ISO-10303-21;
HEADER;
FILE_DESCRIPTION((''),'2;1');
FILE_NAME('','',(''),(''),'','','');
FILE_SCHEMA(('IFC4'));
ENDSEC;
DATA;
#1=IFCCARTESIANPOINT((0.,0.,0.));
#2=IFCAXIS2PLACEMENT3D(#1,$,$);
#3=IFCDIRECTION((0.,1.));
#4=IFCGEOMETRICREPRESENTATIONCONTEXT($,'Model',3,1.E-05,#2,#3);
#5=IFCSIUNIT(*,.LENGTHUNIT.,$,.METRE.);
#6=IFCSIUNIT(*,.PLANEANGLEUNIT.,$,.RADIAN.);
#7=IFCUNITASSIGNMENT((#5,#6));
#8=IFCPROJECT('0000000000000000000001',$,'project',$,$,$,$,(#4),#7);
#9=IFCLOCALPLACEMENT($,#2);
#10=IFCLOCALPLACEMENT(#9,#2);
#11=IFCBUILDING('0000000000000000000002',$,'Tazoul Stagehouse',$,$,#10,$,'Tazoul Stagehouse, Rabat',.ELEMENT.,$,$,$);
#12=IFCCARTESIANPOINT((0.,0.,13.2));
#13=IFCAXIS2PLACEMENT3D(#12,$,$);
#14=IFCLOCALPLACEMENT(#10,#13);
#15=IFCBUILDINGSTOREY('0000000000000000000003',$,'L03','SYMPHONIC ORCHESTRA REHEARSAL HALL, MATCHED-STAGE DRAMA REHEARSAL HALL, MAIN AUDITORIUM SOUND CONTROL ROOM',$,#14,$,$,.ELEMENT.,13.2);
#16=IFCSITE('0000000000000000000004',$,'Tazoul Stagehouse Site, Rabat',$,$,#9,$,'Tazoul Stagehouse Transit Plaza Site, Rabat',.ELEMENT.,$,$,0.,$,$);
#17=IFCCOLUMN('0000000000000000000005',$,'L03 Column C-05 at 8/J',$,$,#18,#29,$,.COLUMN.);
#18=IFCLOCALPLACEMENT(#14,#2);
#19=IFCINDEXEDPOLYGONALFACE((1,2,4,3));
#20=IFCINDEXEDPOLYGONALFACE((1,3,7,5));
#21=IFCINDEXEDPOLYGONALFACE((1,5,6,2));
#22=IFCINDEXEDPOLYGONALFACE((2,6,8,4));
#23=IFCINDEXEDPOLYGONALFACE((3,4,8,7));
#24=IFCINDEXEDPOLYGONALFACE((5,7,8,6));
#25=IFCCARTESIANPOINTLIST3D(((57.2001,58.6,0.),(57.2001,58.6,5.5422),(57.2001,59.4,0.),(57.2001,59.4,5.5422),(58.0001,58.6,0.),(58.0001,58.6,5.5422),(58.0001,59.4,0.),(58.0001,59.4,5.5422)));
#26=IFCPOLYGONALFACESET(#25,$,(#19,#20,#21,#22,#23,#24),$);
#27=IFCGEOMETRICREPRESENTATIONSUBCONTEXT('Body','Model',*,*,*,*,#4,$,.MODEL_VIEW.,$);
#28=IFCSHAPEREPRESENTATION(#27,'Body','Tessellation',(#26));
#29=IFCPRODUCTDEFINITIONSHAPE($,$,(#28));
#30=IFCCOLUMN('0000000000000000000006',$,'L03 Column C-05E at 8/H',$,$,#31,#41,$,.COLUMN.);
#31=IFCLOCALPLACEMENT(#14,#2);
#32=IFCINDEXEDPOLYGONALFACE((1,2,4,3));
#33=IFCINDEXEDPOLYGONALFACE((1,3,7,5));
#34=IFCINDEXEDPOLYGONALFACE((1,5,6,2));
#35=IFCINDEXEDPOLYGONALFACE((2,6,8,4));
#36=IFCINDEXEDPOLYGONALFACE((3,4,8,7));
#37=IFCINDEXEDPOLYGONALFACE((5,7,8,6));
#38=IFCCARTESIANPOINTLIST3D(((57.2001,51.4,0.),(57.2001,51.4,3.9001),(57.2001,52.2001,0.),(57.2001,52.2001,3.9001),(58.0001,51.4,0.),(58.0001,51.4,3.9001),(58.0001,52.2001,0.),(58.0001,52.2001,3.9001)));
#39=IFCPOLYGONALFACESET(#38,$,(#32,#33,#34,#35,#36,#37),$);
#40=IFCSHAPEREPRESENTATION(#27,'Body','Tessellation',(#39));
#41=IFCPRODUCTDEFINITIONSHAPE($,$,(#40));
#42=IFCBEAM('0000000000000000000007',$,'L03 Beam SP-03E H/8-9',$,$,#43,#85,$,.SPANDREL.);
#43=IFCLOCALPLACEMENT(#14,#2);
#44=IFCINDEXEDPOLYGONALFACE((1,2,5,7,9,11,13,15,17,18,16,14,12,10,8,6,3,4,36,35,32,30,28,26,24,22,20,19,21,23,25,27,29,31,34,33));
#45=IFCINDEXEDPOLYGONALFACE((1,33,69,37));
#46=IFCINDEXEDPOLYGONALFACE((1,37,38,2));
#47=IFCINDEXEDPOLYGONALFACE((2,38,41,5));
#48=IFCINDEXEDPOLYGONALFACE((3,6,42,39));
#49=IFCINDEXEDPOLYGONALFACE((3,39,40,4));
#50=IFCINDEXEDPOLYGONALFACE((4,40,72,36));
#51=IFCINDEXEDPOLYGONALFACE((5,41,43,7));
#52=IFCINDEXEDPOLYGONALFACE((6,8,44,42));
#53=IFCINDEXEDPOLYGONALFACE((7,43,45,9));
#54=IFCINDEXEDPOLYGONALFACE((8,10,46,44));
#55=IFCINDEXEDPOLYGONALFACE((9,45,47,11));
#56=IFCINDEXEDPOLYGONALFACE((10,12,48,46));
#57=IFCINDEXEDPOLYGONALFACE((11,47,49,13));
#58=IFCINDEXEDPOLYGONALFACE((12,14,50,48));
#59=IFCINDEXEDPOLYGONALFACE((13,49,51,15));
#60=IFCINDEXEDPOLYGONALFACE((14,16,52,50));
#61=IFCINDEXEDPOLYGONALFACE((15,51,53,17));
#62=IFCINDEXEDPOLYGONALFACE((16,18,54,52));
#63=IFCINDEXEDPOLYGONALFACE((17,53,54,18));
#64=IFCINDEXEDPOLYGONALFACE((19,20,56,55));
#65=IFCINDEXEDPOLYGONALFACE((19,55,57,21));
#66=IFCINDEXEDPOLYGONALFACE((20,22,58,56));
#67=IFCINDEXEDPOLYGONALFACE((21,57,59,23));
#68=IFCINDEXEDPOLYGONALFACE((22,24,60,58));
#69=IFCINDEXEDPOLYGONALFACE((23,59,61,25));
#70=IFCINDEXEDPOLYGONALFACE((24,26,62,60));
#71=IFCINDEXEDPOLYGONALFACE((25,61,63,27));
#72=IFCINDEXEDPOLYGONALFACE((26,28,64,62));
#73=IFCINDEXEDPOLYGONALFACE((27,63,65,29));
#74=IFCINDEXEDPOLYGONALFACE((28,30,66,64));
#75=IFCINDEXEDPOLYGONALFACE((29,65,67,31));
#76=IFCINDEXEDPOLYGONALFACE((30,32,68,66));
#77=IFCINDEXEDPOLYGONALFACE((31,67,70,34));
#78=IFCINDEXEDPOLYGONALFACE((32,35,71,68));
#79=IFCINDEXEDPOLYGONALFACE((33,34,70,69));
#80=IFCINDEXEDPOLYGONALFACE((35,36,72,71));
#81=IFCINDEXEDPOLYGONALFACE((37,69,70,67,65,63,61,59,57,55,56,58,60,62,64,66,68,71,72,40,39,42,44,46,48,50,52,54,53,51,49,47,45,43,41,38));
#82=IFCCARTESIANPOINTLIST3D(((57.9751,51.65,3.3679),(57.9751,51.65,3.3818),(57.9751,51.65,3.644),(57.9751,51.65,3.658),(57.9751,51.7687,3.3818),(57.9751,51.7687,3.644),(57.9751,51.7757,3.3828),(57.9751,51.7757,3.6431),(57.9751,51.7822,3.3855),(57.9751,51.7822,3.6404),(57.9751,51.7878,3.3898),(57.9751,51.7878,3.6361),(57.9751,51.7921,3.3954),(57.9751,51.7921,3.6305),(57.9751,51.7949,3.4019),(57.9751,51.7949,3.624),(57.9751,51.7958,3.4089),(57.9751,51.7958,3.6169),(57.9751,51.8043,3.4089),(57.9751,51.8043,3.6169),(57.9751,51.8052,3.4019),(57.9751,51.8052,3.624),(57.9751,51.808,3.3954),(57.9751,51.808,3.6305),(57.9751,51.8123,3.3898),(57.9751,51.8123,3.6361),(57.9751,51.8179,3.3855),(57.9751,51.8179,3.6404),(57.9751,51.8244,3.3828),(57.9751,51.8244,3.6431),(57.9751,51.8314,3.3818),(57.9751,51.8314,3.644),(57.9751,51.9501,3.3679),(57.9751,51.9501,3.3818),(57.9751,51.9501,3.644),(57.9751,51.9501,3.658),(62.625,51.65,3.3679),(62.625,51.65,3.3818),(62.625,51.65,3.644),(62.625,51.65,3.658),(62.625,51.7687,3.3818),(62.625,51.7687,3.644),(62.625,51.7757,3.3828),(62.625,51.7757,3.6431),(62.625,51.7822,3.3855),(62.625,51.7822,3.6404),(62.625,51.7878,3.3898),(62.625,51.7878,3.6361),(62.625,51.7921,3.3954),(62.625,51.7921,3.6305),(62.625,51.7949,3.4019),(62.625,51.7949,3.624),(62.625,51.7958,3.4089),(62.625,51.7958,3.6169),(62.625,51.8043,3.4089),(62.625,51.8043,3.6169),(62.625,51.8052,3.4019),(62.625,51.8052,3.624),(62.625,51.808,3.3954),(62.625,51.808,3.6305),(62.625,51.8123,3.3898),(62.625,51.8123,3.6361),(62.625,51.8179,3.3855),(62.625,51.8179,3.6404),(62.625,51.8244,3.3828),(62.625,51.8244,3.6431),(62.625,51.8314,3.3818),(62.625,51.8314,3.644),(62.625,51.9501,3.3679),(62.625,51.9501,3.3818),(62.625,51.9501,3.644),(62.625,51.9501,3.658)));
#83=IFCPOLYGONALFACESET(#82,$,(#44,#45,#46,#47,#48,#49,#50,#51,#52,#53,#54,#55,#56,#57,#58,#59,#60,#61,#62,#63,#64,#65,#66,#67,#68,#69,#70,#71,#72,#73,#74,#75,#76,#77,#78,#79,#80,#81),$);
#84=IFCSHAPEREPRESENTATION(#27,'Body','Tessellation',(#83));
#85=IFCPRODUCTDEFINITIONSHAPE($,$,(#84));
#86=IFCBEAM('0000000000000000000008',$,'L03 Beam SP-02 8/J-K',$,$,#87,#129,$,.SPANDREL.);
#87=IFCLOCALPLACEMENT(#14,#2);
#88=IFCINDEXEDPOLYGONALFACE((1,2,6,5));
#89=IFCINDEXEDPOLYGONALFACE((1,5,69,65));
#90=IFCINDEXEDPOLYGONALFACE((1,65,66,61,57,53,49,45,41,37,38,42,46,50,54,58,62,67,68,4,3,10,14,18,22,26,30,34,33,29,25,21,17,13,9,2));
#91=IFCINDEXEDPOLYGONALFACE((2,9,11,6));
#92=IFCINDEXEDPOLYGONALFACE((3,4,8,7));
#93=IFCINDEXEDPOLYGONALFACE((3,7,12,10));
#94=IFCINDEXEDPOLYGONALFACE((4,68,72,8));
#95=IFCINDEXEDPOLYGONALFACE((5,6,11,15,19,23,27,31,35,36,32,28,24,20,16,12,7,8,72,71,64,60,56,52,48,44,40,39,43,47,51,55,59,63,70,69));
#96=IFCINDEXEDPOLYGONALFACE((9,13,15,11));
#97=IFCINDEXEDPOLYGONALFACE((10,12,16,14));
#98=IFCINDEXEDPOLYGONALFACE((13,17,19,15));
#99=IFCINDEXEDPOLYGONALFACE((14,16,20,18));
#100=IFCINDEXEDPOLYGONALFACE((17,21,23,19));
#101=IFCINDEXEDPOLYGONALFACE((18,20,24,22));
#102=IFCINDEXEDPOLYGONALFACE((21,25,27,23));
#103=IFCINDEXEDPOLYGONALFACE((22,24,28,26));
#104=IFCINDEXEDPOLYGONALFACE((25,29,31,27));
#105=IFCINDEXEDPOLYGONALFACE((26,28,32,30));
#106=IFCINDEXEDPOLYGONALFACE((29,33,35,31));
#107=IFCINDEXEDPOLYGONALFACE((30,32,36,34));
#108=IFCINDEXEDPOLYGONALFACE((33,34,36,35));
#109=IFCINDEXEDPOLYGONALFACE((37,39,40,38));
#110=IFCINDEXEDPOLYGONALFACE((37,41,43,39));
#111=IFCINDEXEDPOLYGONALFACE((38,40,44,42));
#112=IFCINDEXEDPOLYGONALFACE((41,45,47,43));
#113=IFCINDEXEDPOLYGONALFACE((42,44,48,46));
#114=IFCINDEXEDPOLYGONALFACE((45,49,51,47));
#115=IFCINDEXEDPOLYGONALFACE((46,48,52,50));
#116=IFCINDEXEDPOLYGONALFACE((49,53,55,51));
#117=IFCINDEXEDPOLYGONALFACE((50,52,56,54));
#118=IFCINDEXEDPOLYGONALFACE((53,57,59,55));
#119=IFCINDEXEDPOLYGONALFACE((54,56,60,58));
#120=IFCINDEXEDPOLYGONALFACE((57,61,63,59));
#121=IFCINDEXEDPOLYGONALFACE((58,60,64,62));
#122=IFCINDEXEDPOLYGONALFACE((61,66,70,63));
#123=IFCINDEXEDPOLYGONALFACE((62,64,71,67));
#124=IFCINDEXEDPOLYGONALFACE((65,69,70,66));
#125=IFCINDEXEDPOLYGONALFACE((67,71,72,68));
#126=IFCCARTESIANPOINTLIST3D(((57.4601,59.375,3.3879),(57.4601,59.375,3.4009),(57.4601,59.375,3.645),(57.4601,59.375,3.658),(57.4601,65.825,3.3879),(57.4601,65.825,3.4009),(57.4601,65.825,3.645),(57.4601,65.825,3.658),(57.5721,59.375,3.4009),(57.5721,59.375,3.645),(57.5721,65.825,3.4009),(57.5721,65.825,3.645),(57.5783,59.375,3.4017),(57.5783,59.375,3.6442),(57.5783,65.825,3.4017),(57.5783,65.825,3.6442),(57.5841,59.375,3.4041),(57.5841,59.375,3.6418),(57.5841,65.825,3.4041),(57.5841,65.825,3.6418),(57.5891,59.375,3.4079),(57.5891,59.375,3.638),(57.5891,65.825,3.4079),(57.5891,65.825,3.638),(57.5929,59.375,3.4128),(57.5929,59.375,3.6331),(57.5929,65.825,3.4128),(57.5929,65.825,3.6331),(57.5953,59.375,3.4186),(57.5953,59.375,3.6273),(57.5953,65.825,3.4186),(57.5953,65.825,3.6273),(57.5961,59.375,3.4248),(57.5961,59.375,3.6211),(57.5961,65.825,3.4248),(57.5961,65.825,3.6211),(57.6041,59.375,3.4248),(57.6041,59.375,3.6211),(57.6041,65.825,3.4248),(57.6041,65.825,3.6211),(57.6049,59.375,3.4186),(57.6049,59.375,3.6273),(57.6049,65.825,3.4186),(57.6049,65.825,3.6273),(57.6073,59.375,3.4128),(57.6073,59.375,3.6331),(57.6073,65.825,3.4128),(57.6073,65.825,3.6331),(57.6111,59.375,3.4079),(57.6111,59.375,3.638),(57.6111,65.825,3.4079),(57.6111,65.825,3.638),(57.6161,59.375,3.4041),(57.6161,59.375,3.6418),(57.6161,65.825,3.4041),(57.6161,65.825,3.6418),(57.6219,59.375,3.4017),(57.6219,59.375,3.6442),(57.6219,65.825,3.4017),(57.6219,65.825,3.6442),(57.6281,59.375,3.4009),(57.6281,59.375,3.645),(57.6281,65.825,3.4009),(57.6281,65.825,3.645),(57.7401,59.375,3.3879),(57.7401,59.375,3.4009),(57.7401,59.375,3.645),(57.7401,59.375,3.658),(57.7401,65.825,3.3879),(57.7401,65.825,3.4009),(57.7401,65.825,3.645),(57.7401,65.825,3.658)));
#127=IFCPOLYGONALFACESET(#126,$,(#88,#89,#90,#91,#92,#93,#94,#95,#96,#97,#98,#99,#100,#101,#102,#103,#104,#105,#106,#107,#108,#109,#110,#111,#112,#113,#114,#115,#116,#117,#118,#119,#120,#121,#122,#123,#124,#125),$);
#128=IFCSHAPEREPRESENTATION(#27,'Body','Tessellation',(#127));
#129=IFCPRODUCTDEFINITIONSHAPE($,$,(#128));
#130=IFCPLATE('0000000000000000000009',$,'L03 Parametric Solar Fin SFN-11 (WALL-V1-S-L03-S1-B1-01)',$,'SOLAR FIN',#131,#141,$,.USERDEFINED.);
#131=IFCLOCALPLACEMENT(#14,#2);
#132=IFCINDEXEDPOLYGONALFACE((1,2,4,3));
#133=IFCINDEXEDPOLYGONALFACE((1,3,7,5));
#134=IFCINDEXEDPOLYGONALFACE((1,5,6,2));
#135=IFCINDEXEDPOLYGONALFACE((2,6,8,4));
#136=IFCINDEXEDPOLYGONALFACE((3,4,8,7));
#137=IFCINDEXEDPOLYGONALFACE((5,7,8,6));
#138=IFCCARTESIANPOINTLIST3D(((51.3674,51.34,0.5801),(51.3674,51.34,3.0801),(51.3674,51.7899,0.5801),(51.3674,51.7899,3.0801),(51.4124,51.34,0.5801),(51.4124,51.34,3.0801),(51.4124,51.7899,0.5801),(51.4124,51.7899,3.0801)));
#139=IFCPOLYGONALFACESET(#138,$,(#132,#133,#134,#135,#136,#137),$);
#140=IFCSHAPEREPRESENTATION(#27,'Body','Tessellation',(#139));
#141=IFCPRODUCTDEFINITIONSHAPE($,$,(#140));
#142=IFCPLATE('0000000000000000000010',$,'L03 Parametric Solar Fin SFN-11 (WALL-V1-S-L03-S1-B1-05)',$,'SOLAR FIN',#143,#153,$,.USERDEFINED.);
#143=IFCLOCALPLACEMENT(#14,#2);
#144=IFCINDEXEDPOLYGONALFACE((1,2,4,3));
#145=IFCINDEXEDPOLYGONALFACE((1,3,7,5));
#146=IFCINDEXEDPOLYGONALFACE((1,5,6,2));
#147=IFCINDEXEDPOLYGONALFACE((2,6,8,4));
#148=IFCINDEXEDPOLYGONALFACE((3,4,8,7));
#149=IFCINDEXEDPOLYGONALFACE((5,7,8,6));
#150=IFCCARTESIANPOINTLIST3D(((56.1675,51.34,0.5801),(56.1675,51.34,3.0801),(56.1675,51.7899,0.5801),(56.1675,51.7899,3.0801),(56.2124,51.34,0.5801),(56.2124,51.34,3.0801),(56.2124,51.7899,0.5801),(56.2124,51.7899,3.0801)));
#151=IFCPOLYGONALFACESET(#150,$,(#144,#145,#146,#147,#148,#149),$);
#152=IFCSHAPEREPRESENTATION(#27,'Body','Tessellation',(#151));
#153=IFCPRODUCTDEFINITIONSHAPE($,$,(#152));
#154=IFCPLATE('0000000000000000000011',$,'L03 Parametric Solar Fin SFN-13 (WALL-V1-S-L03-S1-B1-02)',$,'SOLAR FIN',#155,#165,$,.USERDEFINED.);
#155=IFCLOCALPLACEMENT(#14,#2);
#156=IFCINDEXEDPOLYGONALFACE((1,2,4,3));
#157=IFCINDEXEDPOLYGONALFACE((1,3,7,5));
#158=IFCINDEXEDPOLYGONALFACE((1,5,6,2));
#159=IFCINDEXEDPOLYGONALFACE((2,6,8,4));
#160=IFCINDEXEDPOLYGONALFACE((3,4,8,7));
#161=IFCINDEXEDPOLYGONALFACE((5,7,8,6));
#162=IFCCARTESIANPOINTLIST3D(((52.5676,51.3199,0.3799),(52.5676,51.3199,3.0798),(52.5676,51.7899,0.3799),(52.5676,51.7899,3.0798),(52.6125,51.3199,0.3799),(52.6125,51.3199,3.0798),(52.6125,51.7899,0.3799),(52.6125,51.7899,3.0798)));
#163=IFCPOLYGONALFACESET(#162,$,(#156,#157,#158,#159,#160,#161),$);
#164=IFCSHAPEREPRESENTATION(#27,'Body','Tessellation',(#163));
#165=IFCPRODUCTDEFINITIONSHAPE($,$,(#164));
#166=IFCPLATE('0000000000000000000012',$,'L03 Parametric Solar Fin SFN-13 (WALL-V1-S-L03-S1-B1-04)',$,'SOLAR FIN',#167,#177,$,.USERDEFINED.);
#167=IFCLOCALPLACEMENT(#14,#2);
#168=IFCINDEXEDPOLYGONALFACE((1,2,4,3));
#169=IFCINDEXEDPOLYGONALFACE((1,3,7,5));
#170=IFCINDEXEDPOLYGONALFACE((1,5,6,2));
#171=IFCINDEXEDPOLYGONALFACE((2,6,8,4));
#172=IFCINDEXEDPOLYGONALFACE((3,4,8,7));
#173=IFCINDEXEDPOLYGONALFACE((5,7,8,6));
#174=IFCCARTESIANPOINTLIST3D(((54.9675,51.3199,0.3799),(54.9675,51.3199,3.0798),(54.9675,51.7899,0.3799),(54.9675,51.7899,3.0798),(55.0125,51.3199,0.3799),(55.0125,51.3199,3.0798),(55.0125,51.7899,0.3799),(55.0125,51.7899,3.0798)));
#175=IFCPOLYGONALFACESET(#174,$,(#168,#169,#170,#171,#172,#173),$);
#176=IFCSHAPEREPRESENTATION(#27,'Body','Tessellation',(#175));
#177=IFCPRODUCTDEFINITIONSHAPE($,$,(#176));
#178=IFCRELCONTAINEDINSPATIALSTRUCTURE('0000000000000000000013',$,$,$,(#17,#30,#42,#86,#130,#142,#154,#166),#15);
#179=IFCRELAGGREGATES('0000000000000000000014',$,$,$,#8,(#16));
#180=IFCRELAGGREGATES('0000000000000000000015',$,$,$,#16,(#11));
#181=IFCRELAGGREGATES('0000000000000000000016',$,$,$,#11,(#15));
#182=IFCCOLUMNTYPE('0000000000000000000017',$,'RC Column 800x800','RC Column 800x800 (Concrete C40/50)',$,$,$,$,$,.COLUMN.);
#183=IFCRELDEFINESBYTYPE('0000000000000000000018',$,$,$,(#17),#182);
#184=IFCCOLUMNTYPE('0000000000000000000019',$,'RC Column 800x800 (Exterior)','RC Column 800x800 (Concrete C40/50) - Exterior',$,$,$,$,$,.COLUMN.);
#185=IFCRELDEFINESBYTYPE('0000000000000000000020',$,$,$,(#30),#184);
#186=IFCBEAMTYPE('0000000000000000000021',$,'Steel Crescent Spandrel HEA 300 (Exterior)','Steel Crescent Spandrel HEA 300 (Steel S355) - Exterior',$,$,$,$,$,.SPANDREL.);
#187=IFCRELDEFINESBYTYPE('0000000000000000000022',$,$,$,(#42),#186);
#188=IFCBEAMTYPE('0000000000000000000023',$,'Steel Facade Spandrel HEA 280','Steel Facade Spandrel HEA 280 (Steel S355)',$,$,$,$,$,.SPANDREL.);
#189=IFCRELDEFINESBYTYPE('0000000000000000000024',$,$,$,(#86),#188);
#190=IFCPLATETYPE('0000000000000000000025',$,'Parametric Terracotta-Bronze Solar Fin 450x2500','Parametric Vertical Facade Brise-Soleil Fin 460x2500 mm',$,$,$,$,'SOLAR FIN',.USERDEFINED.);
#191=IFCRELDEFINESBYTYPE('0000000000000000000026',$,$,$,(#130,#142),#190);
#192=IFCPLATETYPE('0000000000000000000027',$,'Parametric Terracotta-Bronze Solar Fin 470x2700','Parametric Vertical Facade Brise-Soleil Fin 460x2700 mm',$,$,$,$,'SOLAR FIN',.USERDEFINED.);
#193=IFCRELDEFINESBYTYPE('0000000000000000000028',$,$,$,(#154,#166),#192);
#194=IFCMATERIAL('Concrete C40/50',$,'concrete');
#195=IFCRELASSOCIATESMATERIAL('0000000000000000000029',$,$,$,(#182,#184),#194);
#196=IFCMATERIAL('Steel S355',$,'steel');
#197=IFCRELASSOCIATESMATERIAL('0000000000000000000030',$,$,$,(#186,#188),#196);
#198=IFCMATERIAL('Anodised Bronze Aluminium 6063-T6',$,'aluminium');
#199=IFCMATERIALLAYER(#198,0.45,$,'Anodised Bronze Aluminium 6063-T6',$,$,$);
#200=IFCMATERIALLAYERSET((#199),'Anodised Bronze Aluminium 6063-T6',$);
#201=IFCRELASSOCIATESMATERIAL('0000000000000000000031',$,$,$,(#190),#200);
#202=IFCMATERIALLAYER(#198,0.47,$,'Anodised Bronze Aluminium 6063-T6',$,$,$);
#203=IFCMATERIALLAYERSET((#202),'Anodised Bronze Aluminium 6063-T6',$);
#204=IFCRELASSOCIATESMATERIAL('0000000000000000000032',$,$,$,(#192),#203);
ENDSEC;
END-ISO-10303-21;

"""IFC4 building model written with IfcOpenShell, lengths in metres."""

from ifc_helpers import new_model, si_unit, direction, frame, origin, origin_2d, place, context, subcontext, project, spatial, rectangle, i_section, extrude, material, layer, layer_set, material_profile, profile_set, type_object, element, save


model = new_model("IFC4")

# Units and contexts
model_context = context("Model", 3, precision=1e-05, world=origin(), true_north=direction((0.0, 1.0)))
body_context = subcontext(model_context, "Body", "Model", "MODEL_VIEW")
ifc_project = project(units=[si_unit("LENGTHUNIT", "METRE"), si_unit("PLANEANGLEUNIT", "RADIAN")], contexts=[model_context])

# Site, building, storey
site_placement = place(None, origin())
site = spatial("IfcSite", under=ifc_project, at=site_placement, Name="Tazoul Stagehouse Site, Rabat", LongName="Tazoul Stagehouse Transit Plaza Site, Rabat", CompositionType="ELEMENT", RefElevation=0.0)
building_placement = place(site_placement, origin())
building = spatial("IfcBuilding", under=site, at=building_placement, Name="Tazoul Stagehouse", LongName="Tazoul Stagehouse, Rabat", CompositionType="ELEMENT")
storey_placement = place(building_placement, frame((0.0, 0.0, 13.2)))
storey = spatial("IfcBuildingStorey", under=building, at=storey_placement, Name="L03", Description="SYMPHONIC ORCHESTRA REHEARSAL HALL, MATCHED-STAGE DRAMA REHEARSAL HALL, MAIN AUDITORIUM SOUND CONTROL ROOM", CompositionType="ELEMENT", Elevation=13.2)

# Columns
ifc_material_1 = material(Name="Concrete C40/50", Category="concrete")
ifc_material_profile_1 = material_profile(ifc_material_1, rectangle(XDim=0.8, YDim=0.8, at=origin_2d()), Name="RC 800x800")
ifc_profile_set_1 = profile_set([ifc_material_profile_1], Name="Concrete C40/50")
column_type_1 = type_object("IfcColumnType", Name="RC Column 800x800", Description="RC Column 800x800 (Concrete C40/50)", PredefinedType="COLUMN", material=ifc_profile_set_1)
column_1_placement = place(storey_placement, frame((57.6001, 59.0, 0.0), z_axis=(0.0, 0.0, 1.0), x_axis=(1.0, 0.0, 0.0)))
element("IfcColumn", 1, at=column_1_placement, inside=storey, type_object=column_type_1, Name="L03 Column C-05 at 8/J", PredefinedType="COLUMN", context=body_context, shape_type="SweptSolid", body=[
    extrude(rectangle(XDim=0.8, YDim=0.8, at=origin_2d()), origin(), (0.0, 0.0, 1.0), 5.5422),
])
ifc_material_profile_2 = material_profile(ifc_material_1, rectangle(XDim=0.8, YDim=0.8, at=origin_2d()), Name="RC 800x800")
ifc_profile_set_2 = profile_set([ifc_material_profile_2], Name="Concrete C40/50")
column_type_2 = type_object("IfcColumnType", Name="RC Column 800x800 (Exterior)", Description="RC Column 800x800 (Concrete C40/50) - Exterior", PredefinedType="COLUMN", material=ifc_profile_set_2)
column_2_placement = place(storey_placement, frame((57.6001, 51.8, 0.0), z_axis=(0.0, 0.0, 1.0), x_axis=(1.0, 0.0, 0.0)))
element("IfcColumn", 2, at=column_2_placement, inside=storey, type_object=column_type_2, Name="L03 Column C-05E at 8/H", PredefinedType="COLUMN", context=body_context, shape_type="SweptSolid", body=[
    extrude(rectangle(XDim=0.8, YDim=0.8, at=origin_2d()), origin(), (0.0, 0.0, 1.0), 3.9001),
])

# Beams
ifc_material_2 = material(Name="Steel S355", Category="steel")
ifc_material_profile_3 = material_profile(ifc_material_2, i_section(OverallWidth=0.3, OverallDepth=0.29, WebThickness=0.0085, FlangeThickness=0.0139, FilletRadius=0.0271, at=origin_2d()), Name="HEA 300")
ifc_profile_set_3 = profile_set([ifc_material_profile_3], Name="Steel S355")
beam_type_1 = type_object("IfcBeamType", Name="Steel Crescent Spandrel HEA 300 (Exterior)", Description="Steel Crescent Spandrel HEA 300 (Steel S355) - Exterior", PredefinedType="SPANDREL", material=ifc_profile_set_3)
beam_1_placement = place(storey_placement, frame((57.9751, 51.8, 3.5129), z_axis=(1.0, 0.0, 0.0), x_axis=(0.0, 1.0, 0.0)))
element("IfcBeam", 3, at=beam_1_placement, inside=storey, type_object=beam_type_1, Name="L03 Beam SP-03E H/8-9", PredefinedType="SPANDREL", context=body_context, shape_type="SweptSolid", body=[
    extrude(i_section(OverallWidth=0.3, OverallDepth=0.29, WebThickness=0.0085, FlangeThickness=0.0139, FilletRadius=0.0271, at=origin_2d()), origin(), (0.0, 0.0, 1.0), 4.6499),
])
ifc_material_profile_4 = material_profile(ifc_material_2, i_section(OverallWidth=0.28, OverallDepth=0.27, WebThickness=0.0081, FlangeThickness=0.0129, FilletRadius=0.0239, at=origin_2d()), Name="HEA 280")
ifc_profile_set_4 = profile_set([ifc_material_profile_4], Name="Steel S355")
beam_type_2 = type_object("IfcBeamType", Name="Steel Facade Spandrel HEA 280", Description="Steel Facade Spandrel HEA 280 (Steel S355)", PredefinedType="SPANDREL", material=ifc_profile_set_4)
beam_2_placement = place(storey_placement, frame((57.6001, 59.375, 3.5229), z_axis=(0.0, 1.0, 0.0), x_axis=(-1.0, 0.0, 0.0)))
element("IfcBeam", 4, at=beam_2_placement, inside=storey, type_object=beam_type_2, Name="L03 Beam SP-02 8/J-K", PredefinedType="SPANDREL", context=body_context, shape_type="SweptSolid", body=[
    extrude(i_section(OverallWidth=0.28, OverallDepth=0.27, WebThickness=0.0081, FlangeThickness=0.0129, FilletRadius=0.0239, at=origin_2d()), origin(), (0.0, 0.0, 1.0), 6.45),
])

# Plates
ifc_material_3 = material(Name="Anodised Bronze Aluminium 6063-T6", Category="aluminium")
ifc_layer_1 = layer(ifc_material_3, 0.45, Name="Anodised Bronze Aluminium 6063-T6")
ifc_layer_set_1 = layer_set([ifc_layer_1], Name="Anodised Bronze Aluminium 6063-T6")
plate_type_1 = type_object("IfcPlateType", Name="Parametric Terracotta-Bronze Solar Fin 450x2500", Description="Parametric Vertical Facade Brise-Soleil Fin 460x2500 mm", ElementType="SOLAR FIN", PredefinedType="USERDEFINED", material=ifc_layer_set_1)
for number, where, z_axis, x_axis, name in (
    (5, (51.3899, 51.5649, 0.5801), (0.0, 0.0, 1.0), (1.0, 0.0, 0.0), "L03 Parametric Solar Fin SFN-11 (WALL-V1-S-L03-S1-B1-01)"),
    (6, (56.1899, 51.5649, 0.5801), (0.0, 0.0, 1.0), (1.0, 0.0, 0.0), "L03 Parametric Solar Fin SFN-11 (WALL-V1-S-L03-S1-B1-05)"),
):
    element("IfcPlate", number, at=place(storey_placement, frame(where, z_axis=z_axis, x_axis=x_axis)), inside=storey, type_object=plate_type_1, Name=name, ObjectType="SOLAR FIN", PredefinedType="USERDEFINED", context=body_context, shape_type="SweptSolid", body=[
        extrude(rectangle(XDim=0.0449, YDim=0.45, at=origin_2d()), origin(), (0.0, 0.0, 1.0), 2.5),
    ])
ifc_layer_2 = layer(ifc_material_3, 0.47, Name="Anodised Bronze Aluminium 6063-T6")
ifc_layer_set_2 = layer_set([ifc_layer_2], Name="Anodised Bronze Aluminium 6063-T6")
plate_type_2 = type_object("IfcPlateType", Name="Parametric Terracotta-Bronze Solar Fin 470x2700", Description="Parametric Vertical Facade Brise-Soleil Fin 460x2700 mm", ElementType="SOLAR FIN", PredefinedType="USERDEFINED", material=ifc_layer_set_2)
for number, where, z_axis, x_axis, name in (
    (7, (52.5901, 51.5549, 0.3799), (0.0, 0.0, 1.0), (1.0, 0.0, 0.0), "L03 Parametric Solar Fin SFN-13 (WALL-V1-S-L03-S1-B1-02)"),
    (8, (54.99, 51.5549, 0.3799), (0.0, 0.0, 1.0), (1.0, 0.0, 0.0), "L03 Parametric Solar Fin SFN-13 (WALL-V1-S-L03-S1-B1-04)"),
):
    element("IfcPlate", number, at=place(storey_placement, frame(where, z_axis=z_axis, x_axis=x_axis)), inside=storey, type_object=plate_type_2, Name=name, ObjectType="SOLAR FIN", PredefinedType="USERDEFINED", context=body_context, shape_type="SweptSolid", body=[
        extrude(rectangle(XDim=0.0449, YDim=0.47, at=origin_2d()), origin(), (0.0, 0.0, 1.0), 2.7),
    ])

save(model, "model.ifc")
